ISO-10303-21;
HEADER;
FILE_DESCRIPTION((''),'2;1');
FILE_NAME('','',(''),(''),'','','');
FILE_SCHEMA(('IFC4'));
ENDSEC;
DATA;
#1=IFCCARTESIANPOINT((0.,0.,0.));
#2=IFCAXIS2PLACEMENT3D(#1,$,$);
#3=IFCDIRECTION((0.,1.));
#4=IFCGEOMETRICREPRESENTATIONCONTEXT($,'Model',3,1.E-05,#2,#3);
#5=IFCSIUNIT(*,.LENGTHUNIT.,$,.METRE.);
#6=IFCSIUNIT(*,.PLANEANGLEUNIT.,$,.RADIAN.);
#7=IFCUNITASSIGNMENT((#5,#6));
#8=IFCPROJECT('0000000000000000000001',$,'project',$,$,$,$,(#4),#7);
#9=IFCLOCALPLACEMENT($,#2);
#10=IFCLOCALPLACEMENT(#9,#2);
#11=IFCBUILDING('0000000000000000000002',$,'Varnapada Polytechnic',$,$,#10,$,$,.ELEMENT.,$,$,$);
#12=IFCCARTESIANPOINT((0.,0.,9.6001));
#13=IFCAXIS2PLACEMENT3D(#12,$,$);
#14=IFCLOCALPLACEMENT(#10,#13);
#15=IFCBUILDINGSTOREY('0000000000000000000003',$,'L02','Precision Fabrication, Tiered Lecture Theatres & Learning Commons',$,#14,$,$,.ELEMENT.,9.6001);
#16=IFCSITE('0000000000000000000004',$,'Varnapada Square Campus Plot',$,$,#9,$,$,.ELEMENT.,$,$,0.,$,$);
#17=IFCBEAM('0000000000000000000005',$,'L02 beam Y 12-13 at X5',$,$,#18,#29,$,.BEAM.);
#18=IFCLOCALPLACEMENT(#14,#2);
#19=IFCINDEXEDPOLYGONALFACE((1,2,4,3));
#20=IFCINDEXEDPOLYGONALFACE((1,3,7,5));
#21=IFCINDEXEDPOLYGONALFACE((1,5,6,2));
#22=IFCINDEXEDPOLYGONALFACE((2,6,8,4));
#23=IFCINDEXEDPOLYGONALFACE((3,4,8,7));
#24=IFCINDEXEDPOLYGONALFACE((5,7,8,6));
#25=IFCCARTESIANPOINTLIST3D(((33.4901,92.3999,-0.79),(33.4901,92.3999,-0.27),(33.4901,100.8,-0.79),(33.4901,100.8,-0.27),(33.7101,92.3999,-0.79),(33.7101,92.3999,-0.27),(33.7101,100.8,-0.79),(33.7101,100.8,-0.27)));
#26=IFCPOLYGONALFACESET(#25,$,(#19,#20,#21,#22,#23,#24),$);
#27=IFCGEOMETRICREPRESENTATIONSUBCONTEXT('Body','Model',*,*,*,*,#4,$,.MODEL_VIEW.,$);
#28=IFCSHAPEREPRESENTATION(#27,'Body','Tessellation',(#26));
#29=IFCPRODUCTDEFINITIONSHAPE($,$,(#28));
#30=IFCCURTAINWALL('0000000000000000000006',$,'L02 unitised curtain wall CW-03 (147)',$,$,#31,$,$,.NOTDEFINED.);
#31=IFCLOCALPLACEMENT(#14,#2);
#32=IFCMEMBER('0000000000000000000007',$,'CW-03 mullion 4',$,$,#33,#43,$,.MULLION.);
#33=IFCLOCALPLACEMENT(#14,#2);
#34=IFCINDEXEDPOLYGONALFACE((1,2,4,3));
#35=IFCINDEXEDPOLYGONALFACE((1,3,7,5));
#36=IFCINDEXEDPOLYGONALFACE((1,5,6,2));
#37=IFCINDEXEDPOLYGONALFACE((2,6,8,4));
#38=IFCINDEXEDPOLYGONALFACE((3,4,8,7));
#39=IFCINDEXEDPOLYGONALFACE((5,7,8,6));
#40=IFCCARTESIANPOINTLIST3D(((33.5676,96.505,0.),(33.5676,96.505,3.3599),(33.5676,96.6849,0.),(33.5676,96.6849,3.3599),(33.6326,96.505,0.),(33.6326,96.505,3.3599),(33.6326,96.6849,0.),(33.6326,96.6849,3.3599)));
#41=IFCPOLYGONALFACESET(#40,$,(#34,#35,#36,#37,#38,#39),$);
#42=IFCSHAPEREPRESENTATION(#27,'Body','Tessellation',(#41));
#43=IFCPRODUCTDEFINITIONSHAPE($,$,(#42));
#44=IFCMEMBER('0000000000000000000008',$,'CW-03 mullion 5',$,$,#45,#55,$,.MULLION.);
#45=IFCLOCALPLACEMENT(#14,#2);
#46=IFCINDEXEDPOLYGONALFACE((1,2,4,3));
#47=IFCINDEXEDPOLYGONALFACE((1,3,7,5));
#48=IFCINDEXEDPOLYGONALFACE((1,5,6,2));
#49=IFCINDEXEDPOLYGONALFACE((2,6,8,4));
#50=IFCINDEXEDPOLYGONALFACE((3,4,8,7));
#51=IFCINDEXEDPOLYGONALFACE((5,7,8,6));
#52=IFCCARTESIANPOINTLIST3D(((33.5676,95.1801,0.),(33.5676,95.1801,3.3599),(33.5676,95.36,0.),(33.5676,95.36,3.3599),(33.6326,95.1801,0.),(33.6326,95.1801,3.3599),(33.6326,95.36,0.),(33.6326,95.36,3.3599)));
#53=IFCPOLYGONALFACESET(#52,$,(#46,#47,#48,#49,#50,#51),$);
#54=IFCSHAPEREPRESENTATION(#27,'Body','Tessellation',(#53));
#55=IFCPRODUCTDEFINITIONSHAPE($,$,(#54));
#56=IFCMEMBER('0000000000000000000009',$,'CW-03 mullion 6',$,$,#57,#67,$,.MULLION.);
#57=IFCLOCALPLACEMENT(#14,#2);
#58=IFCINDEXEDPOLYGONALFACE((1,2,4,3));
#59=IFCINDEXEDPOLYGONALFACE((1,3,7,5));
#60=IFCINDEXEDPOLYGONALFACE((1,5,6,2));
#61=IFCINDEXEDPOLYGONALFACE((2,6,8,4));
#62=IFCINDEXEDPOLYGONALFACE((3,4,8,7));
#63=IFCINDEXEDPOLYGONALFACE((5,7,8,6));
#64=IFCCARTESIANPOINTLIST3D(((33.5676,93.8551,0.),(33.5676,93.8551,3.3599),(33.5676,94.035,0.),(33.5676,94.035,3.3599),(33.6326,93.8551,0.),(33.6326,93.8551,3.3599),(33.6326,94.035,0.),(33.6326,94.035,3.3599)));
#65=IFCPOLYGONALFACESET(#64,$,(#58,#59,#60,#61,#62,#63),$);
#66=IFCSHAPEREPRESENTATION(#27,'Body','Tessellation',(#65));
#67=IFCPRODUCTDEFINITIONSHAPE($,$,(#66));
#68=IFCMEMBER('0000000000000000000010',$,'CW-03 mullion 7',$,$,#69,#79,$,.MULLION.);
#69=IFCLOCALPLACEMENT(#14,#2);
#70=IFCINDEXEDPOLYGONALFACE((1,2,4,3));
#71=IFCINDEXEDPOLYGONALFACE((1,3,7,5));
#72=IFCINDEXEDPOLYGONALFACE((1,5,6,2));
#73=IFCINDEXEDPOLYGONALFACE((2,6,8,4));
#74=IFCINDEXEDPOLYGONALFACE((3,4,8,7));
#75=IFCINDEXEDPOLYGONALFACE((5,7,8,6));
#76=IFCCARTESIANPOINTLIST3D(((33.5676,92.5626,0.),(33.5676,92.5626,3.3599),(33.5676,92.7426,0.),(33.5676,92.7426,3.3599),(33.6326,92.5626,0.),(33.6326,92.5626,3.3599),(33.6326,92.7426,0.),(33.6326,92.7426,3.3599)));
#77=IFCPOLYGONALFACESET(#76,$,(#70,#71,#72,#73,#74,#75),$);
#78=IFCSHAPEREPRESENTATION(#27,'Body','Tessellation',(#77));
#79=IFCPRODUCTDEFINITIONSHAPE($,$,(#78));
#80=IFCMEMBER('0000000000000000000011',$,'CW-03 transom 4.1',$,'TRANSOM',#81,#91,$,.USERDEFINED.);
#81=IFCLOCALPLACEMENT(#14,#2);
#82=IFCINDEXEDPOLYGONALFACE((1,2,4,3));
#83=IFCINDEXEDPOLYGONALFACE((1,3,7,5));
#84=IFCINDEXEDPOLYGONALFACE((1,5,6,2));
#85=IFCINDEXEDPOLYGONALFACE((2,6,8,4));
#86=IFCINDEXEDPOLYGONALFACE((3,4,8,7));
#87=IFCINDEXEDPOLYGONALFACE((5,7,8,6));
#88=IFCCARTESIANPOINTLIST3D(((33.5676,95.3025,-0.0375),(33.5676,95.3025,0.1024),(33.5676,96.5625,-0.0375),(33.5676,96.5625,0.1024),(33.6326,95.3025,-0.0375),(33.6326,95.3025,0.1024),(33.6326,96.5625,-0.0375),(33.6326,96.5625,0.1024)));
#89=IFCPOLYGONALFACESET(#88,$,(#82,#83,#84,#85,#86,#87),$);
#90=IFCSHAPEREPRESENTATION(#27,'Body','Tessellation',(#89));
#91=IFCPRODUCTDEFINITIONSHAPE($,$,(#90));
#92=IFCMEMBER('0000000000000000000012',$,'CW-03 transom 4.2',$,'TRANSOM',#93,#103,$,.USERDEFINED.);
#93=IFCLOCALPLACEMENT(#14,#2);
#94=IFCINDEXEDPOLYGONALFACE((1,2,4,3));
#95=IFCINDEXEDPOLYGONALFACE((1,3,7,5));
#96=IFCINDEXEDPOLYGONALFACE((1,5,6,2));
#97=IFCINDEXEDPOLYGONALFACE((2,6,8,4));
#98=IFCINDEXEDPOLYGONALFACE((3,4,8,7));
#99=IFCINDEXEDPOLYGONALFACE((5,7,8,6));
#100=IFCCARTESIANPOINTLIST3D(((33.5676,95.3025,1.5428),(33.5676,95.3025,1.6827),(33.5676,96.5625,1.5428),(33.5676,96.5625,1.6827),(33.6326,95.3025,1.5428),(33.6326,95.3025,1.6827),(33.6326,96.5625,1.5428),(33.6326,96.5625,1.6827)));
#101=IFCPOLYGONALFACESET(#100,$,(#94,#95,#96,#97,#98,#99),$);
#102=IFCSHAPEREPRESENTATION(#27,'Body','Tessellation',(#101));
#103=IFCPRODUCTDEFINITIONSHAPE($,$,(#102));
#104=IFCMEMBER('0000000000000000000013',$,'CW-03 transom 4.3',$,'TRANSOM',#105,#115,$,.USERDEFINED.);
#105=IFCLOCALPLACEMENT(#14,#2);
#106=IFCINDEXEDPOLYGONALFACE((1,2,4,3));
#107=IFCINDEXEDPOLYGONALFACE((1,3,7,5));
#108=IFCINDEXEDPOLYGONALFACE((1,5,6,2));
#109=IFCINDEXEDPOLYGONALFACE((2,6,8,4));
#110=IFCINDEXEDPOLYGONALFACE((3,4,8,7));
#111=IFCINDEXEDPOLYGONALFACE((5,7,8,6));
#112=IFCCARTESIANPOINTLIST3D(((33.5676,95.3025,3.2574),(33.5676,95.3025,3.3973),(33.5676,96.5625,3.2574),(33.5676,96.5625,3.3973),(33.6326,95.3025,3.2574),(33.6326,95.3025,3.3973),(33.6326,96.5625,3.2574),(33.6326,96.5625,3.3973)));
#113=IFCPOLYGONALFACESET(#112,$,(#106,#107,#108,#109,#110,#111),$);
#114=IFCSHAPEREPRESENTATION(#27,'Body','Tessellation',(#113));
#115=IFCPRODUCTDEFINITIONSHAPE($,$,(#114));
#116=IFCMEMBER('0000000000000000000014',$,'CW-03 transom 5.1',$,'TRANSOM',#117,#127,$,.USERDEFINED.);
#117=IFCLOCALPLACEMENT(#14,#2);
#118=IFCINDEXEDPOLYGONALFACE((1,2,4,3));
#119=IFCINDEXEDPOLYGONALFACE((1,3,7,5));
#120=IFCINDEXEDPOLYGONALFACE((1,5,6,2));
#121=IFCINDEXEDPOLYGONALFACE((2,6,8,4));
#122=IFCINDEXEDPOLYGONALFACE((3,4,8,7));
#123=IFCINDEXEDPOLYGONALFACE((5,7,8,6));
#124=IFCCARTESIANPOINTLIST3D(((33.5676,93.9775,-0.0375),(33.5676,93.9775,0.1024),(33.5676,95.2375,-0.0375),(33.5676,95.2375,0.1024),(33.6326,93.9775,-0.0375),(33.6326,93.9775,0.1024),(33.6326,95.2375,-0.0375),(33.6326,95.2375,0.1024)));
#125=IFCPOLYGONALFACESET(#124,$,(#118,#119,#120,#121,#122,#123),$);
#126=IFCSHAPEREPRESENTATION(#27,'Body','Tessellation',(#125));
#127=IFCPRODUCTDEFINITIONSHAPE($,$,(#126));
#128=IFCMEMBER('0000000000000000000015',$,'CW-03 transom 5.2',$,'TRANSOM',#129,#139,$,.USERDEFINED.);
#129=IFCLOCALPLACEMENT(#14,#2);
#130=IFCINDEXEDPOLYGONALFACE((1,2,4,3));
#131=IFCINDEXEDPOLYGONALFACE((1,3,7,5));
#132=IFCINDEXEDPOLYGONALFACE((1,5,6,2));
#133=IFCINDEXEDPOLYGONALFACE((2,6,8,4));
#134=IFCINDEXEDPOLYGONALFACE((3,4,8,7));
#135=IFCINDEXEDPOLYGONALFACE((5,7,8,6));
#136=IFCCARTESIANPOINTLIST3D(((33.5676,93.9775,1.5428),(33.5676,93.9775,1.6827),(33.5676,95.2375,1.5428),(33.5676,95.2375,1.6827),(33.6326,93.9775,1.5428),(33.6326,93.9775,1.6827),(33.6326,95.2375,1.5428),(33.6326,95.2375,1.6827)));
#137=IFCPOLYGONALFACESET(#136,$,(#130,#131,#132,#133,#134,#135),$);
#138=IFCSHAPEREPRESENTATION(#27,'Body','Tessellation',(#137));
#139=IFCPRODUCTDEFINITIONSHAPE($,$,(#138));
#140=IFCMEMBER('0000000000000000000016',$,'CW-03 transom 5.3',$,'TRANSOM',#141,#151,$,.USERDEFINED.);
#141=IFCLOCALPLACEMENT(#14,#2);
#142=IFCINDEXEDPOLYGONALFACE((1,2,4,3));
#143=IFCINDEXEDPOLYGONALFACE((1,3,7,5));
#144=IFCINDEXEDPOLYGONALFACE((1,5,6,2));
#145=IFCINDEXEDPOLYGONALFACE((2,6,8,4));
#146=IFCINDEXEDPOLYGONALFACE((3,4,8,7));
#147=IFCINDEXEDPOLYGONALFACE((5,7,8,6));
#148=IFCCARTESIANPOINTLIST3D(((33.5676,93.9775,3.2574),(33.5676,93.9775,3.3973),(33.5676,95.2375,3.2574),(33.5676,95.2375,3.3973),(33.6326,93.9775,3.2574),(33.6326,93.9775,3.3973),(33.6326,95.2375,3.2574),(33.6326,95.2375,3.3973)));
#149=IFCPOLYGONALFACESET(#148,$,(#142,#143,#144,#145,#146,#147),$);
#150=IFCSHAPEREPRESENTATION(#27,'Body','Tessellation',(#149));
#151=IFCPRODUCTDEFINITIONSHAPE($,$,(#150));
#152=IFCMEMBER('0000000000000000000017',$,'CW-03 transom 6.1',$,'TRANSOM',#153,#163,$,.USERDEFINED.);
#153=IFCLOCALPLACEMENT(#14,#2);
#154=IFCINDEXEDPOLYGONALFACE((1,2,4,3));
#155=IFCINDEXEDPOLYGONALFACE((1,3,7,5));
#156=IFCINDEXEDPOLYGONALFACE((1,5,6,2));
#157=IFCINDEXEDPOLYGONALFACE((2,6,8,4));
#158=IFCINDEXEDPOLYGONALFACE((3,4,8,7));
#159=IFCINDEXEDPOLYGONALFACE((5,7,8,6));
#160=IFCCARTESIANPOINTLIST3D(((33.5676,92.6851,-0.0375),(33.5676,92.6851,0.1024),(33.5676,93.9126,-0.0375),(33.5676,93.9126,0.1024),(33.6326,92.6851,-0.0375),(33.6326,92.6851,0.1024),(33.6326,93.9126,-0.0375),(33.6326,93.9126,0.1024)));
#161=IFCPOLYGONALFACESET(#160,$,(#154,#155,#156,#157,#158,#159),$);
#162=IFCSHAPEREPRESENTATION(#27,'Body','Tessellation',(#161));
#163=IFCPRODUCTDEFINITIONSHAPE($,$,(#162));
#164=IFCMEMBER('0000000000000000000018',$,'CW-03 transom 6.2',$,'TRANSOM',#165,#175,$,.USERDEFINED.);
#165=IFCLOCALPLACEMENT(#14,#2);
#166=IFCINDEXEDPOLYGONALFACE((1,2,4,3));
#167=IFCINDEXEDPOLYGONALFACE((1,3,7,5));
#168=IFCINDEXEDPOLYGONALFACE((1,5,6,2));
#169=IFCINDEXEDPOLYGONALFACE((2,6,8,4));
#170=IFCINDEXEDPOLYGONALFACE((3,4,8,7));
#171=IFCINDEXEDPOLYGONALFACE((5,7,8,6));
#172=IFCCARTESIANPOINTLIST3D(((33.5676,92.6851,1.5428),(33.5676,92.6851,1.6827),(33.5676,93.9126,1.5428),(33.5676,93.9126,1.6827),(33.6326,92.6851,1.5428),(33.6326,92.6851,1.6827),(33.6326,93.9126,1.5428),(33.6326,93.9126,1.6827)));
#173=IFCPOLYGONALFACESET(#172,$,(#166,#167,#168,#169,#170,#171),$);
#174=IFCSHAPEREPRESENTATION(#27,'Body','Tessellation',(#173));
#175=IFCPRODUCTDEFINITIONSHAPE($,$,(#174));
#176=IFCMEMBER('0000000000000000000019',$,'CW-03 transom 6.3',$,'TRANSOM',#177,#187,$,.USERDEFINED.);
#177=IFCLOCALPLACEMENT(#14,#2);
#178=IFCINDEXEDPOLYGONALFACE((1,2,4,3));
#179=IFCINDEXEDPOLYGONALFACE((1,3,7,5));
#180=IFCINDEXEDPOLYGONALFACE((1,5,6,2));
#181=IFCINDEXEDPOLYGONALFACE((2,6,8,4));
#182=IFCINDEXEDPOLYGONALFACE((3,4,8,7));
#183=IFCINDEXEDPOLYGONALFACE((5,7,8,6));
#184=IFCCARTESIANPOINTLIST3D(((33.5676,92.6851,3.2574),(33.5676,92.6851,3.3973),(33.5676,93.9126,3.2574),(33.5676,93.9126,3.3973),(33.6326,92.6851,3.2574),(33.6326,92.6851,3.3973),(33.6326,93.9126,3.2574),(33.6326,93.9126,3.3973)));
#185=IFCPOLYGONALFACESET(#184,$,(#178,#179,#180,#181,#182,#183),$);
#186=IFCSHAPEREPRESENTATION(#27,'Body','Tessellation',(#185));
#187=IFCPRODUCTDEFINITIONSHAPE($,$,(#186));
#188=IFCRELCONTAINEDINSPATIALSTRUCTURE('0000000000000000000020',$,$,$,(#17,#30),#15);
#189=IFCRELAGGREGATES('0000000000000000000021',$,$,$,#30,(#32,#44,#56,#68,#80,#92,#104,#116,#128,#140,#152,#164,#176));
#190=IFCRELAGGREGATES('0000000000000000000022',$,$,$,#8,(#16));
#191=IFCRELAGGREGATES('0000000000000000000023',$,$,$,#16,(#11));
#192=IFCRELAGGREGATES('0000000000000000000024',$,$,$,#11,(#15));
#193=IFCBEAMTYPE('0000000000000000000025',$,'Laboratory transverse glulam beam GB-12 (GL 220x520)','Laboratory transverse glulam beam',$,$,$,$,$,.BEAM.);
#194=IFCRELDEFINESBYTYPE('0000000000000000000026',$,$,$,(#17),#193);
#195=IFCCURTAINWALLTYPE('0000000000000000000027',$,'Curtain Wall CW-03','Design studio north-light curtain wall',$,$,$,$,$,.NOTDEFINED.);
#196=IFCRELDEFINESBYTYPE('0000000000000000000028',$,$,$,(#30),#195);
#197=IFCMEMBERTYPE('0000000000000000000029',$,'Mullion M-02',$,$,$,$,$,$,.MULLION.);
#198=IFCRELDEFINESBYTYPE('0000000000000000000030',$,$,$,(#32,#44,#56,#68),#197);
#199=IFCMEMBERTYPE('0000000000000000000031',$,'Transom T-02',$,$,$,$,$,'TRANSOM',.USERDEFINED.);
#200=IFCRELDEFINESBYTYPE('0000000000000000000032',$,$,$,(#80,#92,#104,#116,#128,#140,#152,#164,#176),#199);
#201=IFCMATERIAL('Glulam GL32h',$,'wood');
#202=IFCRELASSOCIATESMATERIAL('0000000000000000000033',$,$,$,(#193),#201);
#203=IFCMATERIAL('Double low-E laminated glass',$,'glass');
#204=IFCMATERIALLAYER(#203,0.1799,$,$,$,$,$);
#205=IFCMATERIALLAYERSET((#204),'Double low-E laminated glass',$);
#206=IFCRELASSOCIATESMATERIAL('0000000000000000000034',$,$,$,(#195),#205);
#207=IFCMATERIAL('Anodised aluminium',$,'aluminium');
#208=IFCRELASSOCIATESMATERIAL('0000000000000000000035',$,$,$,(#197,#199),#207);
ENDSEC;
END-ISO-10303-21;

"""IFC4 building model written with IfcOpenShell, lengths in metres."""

from ifc_helpers import new_model, si_unit, direction, frame, origin, origin_2d, place, context, subcontext, project, spatial, rectangle, extrude, material, layer, layer_set, material_profile, profile_set, type_object, element, aggregate, save


model = new_model("IFC4")

# Units and contexts
model_context = context("Model", 3, precision=1e-05, world=origin(), true_north=direction((0.0, 1.0)))
body_context = subcontext(model_context, "Body", "Model", "MODEL_VIEW")
ifc_project = project(units=[si_unit("LENGTHUNIT", "METRE"), si_unit("PLANEANGLEUNIT", "RADIAN")], contexts=[model_context])

# Site, building, storey
site_placement = place(None, origin())
site = spatial("IfcSite", under=ifc_project, at=site_placement, Name="Varnapada Square Campus Plot", CompositionType="ELEMENT", RefElevation=0.0)
building_placement = place(site_placement, origin())
building = spatial("IfcBuilding", under=site, at=building_placement, Name="Varnapada Polytechnic", CompositionType="ELEMENT")
storey_placement = place(building_placement, frame((0.0, 0.0, 9.6001)))
storey = spatial("IfcBuildingStorey", under=building, at=storey_placement, Name="L02", Description="Precision Fabrication, Tiered Lecture Theatres & Learning Commons", CompositionType="ELEMENT", Elevation=9.6001)

# Beam
ifc_material_1 = material(Name="Glulam GL32h", Category="wood")
ifc_material_profile_1 = material_profile(ifc_material_1, rectangle(XDim=0.22, YDim=0.52, at=origin_2d()), Name="GL 220x520")
ifc_profile_set_1 = profile_set([ifc_material_profile_1], Name="Glulam GL32h")
beam_type = type_object("IfcBeamType", Name="Laboratory transverse glulam beam GB-12 (GL 220x520)", Description="Laboratory transverse glulam beam", PredefinedType="BEAM", material=ifc_profile_set_1)
beam_placement = place(storey_placement, frame((33.6001, 92.3999, -0.53), z_axis=(0.0, 1.0, 0.0), x_axis=(-1.0, 0.0, 0.0)))
element("IfcBeam", 1, at=beam_placement, inside=storey, type_object=beam_type, Name="L02 beam Y 12-13 at X5", PredefinedType="BEAM", context=body_context, shape_type="SweptSolid", body=[
    extrude(rectangle(XDim=0.22, YDim=0.52, at=origin_2d()), origin(), (0.0, 0.0, 1.0), 8.4001),
])

# Curtain wall, members
ifc_material_2 = material(Name="Double low-E laminated glass", Category="glass")
ifc_layer_1 = layer(ifc_material_2, 0.1799)
ifc_layer_set_1 = layer_set([ifc_layer_1], Name="Double low-E laminated glass")
curtain_wall_type = type_object("IfcCurtainWallType", Name="Curtain Wall CW-03", Description="Design studio north-light curtain wall", PredefinedType="NOTDEFINED", material=ifc_layer_set_1)
curtain_wall_placement = place(storey_placement, origin())
curtain_wall = element("IfcCurtainWall", 2, at=curtain_wall_placement, inside=storey, type_object=curtain_wall_type, Name="L02 unitised curtain wall CW-03 (147)", PredefinedType="NOTDEFINED")
ifc_material_3 = material(Name="Anodised aluminium", Category="aluminium")
ifc_material_profile_2 = material_profile(ifc_material_3, rectangle(XDim=0.0649, YDim=0.1799, at=origin_2d()), Name="ALU M65x180")
ifc_profile_set_2 = profile_set([ifc_material_profile_2], Name="Anodised aluminium")
member_type_1 = type_object("IfcMemberType", Name="Mullion M-02", PredefinedType="MULLION", material=ifc_profile_set_2)
member_1_placement = place(storey_placement, frame((33.6001, 96.595, 0.0), z_axis=(0.0, 0.0, 1.0), x_axis=(1.0, 0.0, 0.0)))
member_1 = element("IfcMember", 3, at=member_1_placement, type_object=member_type_1, Name="CW-03 mullion 4", PredefinedType="MULLION", context=body_context, shape_type="SweptSolid", body=[
    extrude(rectangle(XDim=0.0649, YDim=0.1799, at=origin_2d()), origin(), (0.0, 0.0, 1.0), 3.3599),
])
member_2_placement = place(storey_placement, frame((33.6001, 95.27, 0.0), z_axis=(0.0, 0.0, 1.0), x_axis=(1.0, 0.0, 0.0)))
member_2 = element("IfcMember", 4, at=member_2_placement, type_object=member_type_1, Name="CW-03 mullion 5", PredefinedType="MULLION", context=body_context, shape_type="SweptSolid", body=[
    extrude(rectangle(XDim=0.0649, YDim=0.1799, at=origin_2d()), origin(), (0.0, 0.0, 1.0), 3.3599),
])
member_3_placement = place(storey_placement, frame((33.6001, 93.9451, 0.0), z_axis=(0.0, 0.0, 1.0), x_axis=(1.0, 0.0, 0.0)))
member_3 = element("IfcMember", 5, at=member_3_placement, type_object=member_type_1, Name="CW-03 mullion 6", PredefinedType="MULLION", context=body_context, shape_type="SweptSolid", body=[
    extrude(rectangle(XDim=0.0649, YDim=0.1799, at=origin_2d()), origin(), (0.0, 0.0, 1.0), 3.3599),
])
member_4_placement = place(storey_placement, frame((33.6001, 92.6526, 0.0), z_axis=(0.0, 0.0, 1.0), x_axis=(1.0, 0.0, 0.0)))
member_4 = element("IfcMember", 6, at=member_4_placement, type_object=member_type_1, Name="CW-03 mullion 7", PredefinedType="MULLION", context=body_context, shape_type="SweptSolid", body=[
    extrude(rectangle(XDim=0.0649, YDim=0.1799, at=origin_2d()), origin(), (0.0, 0.0, 1.0), 3.3599),
])
ifc_material_profile_3 = material_profile(ifc_material_3, rectangle(XDim=0.0649, YDim=0.1399, at=origin_2d()), Name="ALU T65x140")
ifc_profile_set_3 = profile_set([ifc_material_profile_3], Name="Anodised aluminium")
member_type_2 = type_object("IfcMemberType", Name="Transom T-02", ElementType="TRANSOM", PredefinedType="USERDEFINED", material=ifc_profile_set_3)
member_5_placement = place(storey_placement, frame((33.6001, 96.5625, 0.0325), z_axis=(0.0, -1.0, 0.0), x_axis=(1.0, 0.0, 0.0)))
member_5 = element("IfcMember", 7, at=member_5_placement, type_object=member_type_2, Name="CW-03 transom 4.1", ObjectType="TRANSOM", PredefinedType="USERDEFINED", context=body_context, shape_type="SweptSolid", body=[
    extrude(rectangle(XDim=0.0649, YDim=0.1399, at=origin_2d()), origin(), (0.0, 0.0, 1.0), 1.26),
])
member_6_placement = place(storey_placement, frame((33.6001, 96.5625, 1.6128), z_axis=(0.0, -1.0, 0.0), x_axis=(1.0, 0.0, 0.0)))
member_6 = element("IfcMember", 8, at=member_6_placement, type_object=member_type_2, Name="CW-03 transom 4.2", ObjectType="TRANSOM", PredefinedType="USERDEFINED", context=body_context, shape_type="SweptSolid", body=[
    extrude(rectangle(XDim=0.0649, YDim=0.1399, at=origin_2d()), origin(), (0.0, 0.0, 1.0), 1.26),
])
member_7_placement = place(storey_placement, frame((33.6001, 96.5625, 3.3274), z_axis=(0.0, -1.0, 0.0), x_axis=(1.0, 0.0, 0.0)))
member_7 = element("IfcMember", 9, at=member_7_placement, type_object=member_type_2, Name="CW-03 transom 4.3", ObjectType="TRANSOM", PredefinedType="USERDEFINED", context=body_context, shape_type="SweptSolid", body=[
    extrude(rectangle(XDim=0.0649, YDim=0.1399, at=origin_2d()), origin(), (0.0, 0.0, 1.0), 1.26),
])
member_8_placement = place(storey_placement, frame((33.6001, 95.2375, 0.0325), z_axis=(0.0, -1.0, 0.0), x_axis=(1.0, 0.0, 0.0)))
member_8 = element("IfcMember", 10, at=member_8_placement, type_object=member_type_2, Name="CW-03 transom 5.1", ObjectType="TRANSOM", PredefinedType="USERDEFINED", context=body_context, shape_type="SweptSolid", body=[
    extrude(rectangle(XDim=0.0649, YDim=0.1399, at=origin_2d()), origin(), (0.0, 0.0, 1.0), 1.26),
])
member_9_placement = place(storey_placement, frame((33.6001, 95.2375, 1.6128), z_axis=(0.0, -1.0, 0.0), x_axis=(1.0, 0.0, 0.0)))
member_9 = element("IfcMember", 11, at=member_9_placement, type_object=member_type_2, Name="CW-03 transom 5.2", ObjectType="TRANSOM", PredefinedType="USERDEFINED", context=body_context, shape_type="SweptSolid", body=[
    extrude(rectangle(XDim=0.0649, YDim=0.1399, at=origin_2d()), origin(), (0.0, 0.0, 1.0), 1.26),
])
member_10_placement = place(storey_placement, frame((33.6001, 95.2375, 3.3274), z_axis=(0.0, -1.0, 0.0), x_axis=(1.0, 0.0, 0.0)))
member_10 = element("IfcMember", 12, at=member_10_placement, type_object=member_type_2, Name="CW-03 transom 5.3", ObjectType="TRANSOM", PredefinedType="USERDEFINED", context=body_context, shape_type="SweptSolid", body=[
    extrude(rectangle(XDim=0.0649, YDim=0.1399, at=origin_2d()), origin(), (0.0, 0.0, 1.0), 1.26),
])
member_11_placement = place(storey_placement, frame((33.6001, 93.9126, 0.0325), z_axis=(0.0, -1.0, 0.0), x_axis=(1.0, 0.0, 0.0)))
member_11 = element("IfcMember", 13, at=member_11_placement, type_object=member_type_2, Name="CW-03 transom 6.1", ObjectType="TRANSOM", PredefinedType="USERDEFINED", context=body_context, shape_type="SweptSolid", body=[
    extrude(rectangle(XDim=0.0649, YDim=0.1399, at=origin_2d()), origin(), (0.0, 0.0, 1.0), 1.2275),
])
member_12_placement = place(storey_placement, frame((33.6001, 93.9126, 1.6128), z_axis=(0.0, -1.0, 0.0), x_axis=(1.0, 0.0, 0.0)))
member_12 = element("IfcMember", 14, at=member_12_placement, type_object=member_type_2, Name="CW-03 transom 6.2", ObjectType="TRANSOM", PredefinedType="USERDEFINED", context=body_context, shape_type="SweptSolid", body=[
    extrude(rectangle(XDim=0.0649, YDim=0.1399, at=origin_2d()), origin(), (0.0, 0.0, 1.0), 1.2275),
])
member_13_placement = place(storey_placement, frame((33.6001, 93.9126, 3.3274), z_axis=(0.0, -1.0, 0.0), x_axis=(1.0, 0.0, 0.0)))
member_13 = element("IfcMember", 15, at=member_13_placement, type_object=member_type_2, Name="CW-03 transom 6.3", ObjectType="TRANSOM", PredefinedType="USERDEFINED", context=body_context, shape_type="SweptSolid", body=[
    extrude(rectangle(XDim=0.0649, YDim=0.1399, at=origin_2d()), origin(), (0.0, 0.0, 1.0), 1.2275),
])
aggregate(curtain_wall, [member_1, member_2, member_3, member_4, member_5, member_6, member_7, member_8, member_9, member_10, member_11, member_12, member_13])

save(model, "model.ifc")
